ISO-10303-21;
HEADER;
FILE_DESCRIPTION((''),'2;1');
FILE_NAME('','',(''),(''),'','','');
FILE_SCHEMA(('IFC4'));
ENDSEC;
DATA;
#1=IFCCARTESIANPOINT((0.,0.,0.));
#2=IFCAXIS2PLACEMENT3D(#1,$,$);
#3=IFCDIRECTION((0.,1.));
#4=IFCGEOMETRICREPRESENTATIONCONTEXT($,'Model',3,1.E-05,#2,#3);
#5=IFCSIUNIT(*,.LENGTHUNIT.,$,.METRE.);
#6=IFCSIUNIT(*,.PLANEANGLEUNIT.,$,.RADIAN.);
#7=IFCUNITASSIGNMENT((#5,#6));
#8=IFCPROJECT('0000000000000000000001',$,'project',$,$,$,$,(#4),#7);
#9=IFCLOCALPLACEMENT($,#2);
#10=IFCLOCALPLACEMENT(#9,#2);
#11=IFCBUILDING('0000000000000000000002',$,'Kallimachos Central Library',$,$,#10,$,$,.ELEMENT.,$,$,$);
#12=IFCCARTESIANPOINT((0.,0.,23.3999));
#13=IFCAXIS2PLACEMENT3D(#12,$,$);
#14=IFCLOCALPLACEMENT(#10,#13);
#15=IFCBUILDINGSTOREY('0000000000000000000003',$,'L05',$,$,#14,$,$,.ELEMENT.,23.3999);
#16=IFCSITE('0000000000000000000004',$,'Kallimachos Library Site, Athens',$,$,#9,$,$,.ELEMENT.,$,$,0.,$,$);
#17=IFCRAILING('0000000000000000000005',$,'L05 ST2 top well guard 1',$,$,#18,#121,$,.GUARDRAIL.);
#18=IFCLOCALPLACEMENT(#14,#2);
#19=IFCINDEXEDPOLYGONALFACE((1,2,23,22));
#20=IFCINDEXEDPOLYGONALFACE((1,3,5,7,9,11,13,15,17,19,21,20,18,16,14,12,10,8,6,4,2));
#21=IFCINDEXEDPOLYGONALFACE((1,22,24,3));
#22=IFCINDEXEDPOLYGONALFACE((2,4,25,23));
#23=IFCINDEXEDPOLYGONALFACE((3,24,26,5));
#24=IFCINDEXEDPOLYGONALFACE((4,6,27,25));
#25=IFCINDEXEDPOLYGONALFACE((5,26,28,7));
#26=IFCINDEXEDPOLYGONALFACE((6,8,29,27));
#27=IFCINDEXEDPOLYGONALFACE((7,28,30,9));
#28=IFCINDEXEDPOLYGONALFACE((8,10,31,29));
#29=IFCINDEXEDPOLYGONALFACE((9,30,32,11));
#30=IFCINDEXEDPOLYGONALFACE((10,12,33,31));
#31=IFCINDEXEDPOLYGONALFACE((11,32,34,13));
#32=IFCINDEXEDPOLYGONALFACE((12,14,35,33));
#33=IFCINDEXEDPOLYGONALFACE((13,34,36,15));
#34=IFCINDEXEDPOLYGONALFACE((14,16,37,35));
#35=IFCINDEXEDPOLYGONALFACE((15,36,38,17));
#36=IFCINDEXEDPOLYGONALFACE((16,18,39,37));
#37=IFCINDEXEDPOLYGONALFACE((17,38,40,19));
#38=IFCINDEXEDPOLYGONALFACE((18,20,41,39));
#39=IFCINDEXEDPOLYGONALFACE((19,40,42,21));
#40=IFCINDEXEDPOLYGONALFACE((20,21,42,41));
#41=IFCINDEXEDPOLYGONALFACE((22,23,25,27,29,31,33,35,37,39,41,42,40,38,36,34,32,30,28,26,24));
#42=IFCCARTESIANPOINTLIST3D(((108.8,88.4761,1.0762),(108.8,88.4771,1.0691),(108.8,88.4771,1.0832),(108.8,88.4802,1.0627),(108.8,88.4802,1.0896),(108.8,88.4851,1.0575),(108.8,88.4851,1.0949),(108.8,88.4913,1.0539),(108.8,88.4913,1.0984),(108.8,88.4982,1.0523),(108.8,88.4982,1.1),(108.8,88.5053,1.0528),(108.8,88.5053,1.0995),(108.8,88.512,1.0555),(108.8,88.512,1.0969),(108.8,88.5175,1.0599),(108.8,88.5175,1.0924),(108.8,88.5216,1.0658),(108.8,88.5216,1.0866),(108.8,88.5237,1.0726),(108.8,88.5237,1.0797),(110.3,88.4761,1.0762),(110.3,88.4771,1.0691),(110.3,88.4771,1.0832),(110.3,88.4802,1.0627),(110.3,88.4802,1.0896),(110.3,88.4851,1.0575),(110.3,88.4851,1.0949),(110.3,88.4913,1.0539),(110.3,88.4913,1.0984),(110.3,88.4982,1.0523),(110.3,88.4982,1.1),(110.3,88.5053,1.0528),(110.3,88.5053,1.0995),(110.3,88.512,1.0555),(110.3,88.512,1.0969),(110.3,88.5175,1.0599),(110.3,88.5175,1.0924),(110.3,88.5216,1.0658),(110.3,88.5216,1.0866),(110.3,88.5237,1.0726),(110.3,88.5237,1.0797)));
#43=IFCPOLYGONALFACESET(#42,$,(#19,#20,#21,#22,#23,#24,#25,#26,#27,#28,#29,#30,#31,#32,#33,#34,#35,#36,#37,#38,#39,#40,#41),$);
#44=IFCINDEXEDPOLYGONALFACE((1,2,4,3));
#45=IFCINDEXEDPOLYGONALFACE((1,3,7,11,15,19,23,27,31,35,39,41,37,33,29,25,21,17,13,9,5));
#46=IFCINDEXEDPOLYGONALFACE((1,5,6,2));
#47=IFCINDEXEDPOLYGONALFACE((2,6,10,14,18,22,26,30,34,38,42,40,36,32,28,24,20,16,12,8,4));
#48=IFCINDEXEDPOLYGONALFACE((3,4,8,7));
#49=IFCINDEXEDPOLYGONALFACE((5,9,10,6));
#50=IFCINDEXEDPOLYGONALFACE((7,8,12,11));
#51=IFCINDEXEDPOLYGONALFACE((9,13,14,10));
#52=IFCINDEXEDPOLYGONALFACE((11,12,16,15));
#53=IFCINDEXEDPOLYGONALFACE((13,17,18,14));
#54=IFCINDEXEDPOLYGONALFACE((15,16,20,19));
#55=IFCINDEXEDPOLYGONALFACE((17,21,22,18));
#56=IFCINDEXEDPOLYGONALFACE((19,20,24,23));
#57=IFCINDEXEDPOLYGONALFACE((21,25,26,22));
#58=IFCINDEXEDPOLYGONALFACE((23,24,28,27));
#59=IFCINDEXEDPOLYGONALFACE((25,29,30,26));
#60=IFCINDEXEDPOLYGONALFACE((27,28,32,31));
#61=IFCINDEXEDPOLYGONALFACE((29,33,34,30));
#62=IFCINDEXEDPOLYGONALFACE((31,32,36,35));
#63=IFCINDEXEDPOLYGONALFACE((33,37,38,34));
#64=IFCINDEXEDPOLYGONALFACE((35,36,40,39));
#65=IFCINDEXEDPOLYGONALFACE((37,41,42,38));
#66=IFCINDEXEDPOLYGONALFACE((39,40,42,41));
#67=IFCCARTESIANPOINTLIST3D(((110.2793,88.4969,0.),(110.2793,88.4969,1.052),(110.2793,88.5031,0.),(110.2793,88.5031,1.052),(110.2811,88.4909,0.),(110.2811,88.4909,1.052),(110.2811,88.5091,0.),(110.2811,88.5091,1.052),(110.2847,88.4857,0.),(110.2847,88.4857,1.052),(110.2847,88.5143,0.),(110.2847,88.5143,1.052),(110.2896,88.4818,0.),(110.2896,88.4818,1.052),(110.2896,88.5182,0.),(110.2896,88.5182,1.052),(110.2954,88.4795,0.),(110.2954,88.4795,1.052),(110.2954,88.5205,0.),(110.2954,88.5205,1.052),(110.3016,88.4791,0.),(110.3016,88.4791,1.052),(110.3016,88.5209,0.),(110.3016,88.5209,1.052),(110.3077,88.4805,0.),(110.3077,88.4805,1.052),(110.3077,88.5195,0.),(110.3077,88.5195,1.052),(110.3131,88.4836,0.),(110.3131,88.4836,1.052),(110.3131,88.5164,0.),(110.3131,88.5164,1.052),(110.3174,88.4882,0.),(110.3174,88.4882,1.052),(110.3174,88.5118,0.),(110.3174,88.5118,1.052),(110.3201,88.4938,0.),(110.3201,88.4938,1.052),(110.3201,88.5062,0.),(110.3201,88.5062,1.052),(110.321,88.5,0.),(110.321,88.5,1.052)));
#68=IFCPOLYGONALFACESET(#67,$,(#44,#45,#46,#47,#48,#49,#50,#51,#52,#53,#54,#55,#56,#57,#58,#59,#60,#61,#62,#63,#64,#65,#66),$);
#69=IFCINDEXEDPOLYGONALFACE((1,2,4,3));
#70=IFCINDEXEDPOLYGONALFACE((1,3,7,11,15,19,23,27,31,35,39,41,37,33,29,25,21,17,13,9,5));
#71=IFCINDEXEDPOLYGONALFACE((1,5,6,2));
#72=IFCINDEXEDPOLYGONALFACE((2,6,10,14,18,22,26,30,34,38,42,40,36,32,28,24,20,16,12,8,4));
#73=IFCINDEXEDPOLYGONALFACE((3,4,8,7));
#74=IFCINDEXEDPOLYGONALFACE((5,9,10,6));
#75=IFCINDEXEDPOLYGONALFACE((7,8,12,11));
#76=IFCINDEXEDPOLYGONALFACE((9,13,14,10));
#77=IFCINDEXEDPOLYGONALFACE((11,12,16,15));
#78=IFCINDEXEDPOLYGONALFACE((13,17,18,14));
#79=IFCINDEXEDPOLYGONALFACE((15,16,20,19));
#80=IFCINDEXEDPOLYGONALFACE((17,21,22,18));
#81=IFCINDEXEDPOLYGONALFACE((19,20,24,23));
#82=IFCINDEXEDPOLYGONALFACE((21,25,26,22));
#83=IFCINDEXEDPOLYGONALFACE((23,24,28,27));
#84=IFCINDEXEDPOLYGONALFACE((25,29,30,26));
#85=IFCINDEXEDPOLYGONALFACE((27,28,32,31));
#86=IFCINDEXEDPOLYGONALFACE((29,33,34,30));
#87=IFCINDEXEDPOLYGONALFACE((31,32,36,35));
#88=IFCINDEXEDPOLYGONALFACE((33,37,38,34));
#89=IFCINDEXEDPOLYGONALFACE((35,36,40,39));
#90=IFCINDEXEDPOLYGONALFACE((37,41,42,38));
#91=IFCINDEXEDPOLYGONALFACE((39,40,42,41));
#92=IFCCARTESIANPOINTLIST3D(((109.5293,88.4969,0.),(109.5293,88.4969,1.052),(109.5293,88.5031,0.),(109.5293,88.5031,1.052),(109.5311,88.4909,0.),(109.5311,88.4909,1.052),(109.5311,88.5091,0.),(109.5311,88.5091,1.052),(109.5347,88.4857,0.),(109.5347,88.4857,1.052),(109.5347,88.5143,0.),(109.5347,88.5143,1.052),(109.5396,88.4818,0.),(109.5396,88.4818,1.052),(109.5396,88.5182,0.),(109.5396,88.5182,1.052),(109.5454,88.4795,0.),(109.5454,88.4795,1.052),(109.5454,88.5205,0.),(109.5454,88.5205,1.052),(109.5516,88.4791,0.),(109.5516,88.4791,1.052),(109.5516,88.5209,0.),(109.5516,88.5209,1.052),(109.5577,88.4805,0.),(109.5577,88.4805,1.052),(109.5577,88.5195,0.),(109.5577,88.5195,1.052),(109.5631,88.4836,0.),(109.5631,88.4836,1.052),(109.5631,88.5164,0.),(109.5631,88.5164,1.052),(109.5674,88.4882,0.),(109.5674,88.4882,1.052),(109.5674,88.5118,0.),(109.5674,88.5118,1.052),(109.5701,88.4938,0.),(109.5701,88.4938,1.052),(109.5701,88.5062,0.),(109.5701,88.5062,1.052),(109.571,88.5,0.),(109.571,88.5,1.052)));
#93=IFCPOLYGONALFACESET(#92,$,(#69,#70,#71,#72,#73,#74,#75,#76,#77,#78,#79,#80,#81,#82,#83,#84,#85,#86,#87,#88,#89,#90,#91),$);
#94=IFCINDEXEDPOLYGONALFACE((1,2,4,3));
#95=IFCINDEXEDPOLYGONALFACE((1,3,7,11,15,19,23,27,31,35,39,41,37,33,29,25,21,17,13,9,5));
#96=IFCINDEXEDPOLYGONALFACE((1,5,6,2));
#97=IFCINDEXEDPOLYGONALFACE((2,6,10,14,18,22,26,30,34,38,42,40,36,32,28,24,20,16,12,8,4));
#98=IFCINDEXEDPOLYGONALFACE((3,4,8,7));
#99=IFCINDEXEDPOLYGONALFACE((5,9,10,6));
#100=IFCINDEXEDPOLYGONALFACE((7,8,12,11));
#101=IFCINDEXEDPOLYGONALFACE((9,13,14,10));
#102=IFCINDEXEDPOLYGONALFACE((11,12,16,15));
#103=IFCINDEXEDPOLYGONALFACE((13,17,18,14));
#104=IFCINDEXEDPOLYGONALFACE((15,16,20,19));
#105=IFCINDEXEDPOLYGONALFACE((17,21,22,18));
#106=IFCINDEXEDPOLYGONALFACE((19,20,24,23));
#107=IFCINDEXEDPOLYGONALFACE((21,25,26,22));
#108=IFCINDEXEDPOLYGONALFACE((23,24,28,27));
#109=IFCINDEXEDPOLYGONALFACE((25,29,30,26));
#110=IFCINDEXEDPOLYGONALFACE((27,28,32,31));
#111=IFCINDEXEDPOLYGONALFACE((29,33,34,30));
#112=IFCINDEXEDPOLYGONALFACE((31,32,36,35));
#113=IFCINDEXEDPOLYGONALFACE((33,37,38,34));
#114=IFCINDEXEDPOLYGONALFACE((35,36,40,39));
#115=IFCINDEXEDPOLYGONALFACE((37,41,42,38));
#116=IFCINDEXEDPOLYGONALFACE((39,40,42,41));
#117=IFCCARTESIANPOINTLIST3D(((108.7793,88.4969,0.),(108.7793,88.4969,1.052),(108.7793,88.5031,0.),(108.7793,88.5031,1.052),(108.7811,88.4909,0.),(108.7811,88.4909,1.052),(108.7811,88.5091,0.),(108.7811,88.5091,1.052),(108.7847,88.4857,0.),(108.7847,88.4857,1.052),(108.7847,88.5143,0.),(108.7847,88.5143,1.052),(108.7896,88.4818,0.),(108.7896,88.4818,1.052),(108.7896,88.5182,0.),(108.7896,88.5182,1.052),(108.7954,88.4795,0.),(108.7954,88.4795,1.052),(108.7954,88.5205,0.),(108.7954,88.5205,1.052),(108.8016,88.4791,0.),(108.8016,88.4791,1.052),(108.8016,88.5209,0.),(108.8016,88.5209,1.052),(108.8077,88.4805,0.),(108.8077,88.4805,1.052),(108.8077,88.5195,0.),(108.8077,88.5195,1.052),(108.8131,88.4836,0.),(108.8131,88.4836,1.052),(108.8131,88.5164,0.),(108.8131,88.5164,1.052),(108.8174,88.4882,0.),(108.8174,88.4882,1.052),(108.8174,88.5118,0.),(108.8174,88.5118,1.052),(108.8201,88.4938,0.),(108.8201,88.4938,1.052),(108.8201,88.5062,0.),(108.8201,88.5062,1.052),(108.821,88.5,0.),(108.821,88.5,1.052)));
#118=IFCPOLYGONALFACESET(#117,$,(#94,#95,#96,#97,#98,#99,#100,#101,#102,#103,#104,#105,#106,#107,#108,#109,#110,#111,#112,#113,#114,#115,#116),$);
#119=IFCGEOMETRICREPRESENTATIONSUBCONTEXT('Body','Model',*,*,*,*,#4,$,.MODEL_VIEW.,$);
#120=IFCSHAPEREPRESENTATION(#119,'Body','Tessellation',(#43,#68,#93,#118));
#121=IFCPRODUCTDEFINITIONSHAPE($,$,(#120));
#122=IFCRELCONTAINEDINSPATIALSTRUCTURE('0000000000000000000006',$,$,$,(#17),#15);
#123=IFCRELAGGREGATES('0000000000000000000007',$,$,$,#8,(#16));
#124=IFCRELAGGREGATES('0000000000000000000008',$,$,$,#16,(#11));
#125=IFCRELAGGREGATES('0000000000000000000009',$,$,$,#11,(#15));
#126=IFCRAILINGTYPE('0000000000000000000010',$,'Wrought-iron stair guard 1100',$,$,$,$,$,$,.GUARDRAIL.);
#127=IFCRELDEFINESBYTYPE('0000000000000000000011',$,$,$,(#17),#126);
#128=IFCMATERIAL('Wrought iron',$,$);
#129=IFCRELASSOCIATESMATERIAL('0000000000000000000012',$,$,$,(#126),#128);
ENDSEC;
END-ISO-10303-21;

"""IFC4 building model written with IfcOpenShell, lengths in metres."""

from ifc_helpers import new_model, si_unit, direction, frame, origin, origin_2d, place, context, subcontext, project, spatial, circle, extrude, material, type_object, element, save


model = new_model("IFC4")

# Units and contexts
model_context = context("Model", 3, precision=1e-05, world=origin(), true_north=direction((0.0, 1.0)))
body_context = subcontext(model_context, "Body", "Model", "MODEL_VIEW")
ifc_project = project(units=[si_unit("LENGTHUNIT", "METRE"), si_unit("PLANEANGLEUNIT", "RADIAN")], contexts=[model_context])

# Site, building, storey
site_placement = place(None, origin())
site = spatial("IfcSite", under=ifc_project, at=site_placement, Name="Kallimachos Library Site, Athens", CompositionType="ELEMENT", RefElevation=0.0)
building_placement = place(site_placement, origin())
building = spatial("IfcBuilding", under=site, at=building_placement, Name="Kallimachos Central Library", CompositionType="ELEMENT")
storey_placement = place(building_placement, frame((0.0, 0.0, 23.3999)))
storey = spatial("IfcBuildingStorey", under=building, at=storey_placement, Name="L05", CompositionType="ELEMENT", Elevation=23.3999)

# Railing
ifc_material_1 = material(Name="Wrought iron")
railing_type = type_object("IfcRailingType", Name="Wrought-iron stair guard 1100", PredefinedType="GUARDRAIL", material=ifc_material_1)
railing_1_placement = place(storey_placement, frame((110.3, 88.5, 0.0)))
element("IfcRailing", 1, at=railing_1_placement, inside=storey, type_object=railing_type, Name="L05 ST2 top well guard 1", PredefinedType="GUARDRAIL", context=body_context, shape_type="SweptSolid", body=[
    extrude(circle(Radius=0.0239, at=origin_2d()), frame((0.0, 0.0, 1.0762), z_axis=(-1.0, 0.0, 0.0), x_axis=(0.0, -1.0, 0.0)), (0.0, 0.0, 1.0), 1.5),
    extrude(circle(Radius=0.021, at=origin_2d()), origin(), (0.0, 0.0, 1.0), 1.052),
    extrude(circle(Radius=0.021, at=origin_2d()), frame((-0.75, 0.0, 0.0)), (0.0, 0.0, 1.0), 1.052),
    extrude(circle(Radius=0.021, at=origin_2d()), frame((-1.5, 0.0, 0.0)), (0.0, 0.0, 1.0), 1.052),
])

save(model, "model.ifc")
